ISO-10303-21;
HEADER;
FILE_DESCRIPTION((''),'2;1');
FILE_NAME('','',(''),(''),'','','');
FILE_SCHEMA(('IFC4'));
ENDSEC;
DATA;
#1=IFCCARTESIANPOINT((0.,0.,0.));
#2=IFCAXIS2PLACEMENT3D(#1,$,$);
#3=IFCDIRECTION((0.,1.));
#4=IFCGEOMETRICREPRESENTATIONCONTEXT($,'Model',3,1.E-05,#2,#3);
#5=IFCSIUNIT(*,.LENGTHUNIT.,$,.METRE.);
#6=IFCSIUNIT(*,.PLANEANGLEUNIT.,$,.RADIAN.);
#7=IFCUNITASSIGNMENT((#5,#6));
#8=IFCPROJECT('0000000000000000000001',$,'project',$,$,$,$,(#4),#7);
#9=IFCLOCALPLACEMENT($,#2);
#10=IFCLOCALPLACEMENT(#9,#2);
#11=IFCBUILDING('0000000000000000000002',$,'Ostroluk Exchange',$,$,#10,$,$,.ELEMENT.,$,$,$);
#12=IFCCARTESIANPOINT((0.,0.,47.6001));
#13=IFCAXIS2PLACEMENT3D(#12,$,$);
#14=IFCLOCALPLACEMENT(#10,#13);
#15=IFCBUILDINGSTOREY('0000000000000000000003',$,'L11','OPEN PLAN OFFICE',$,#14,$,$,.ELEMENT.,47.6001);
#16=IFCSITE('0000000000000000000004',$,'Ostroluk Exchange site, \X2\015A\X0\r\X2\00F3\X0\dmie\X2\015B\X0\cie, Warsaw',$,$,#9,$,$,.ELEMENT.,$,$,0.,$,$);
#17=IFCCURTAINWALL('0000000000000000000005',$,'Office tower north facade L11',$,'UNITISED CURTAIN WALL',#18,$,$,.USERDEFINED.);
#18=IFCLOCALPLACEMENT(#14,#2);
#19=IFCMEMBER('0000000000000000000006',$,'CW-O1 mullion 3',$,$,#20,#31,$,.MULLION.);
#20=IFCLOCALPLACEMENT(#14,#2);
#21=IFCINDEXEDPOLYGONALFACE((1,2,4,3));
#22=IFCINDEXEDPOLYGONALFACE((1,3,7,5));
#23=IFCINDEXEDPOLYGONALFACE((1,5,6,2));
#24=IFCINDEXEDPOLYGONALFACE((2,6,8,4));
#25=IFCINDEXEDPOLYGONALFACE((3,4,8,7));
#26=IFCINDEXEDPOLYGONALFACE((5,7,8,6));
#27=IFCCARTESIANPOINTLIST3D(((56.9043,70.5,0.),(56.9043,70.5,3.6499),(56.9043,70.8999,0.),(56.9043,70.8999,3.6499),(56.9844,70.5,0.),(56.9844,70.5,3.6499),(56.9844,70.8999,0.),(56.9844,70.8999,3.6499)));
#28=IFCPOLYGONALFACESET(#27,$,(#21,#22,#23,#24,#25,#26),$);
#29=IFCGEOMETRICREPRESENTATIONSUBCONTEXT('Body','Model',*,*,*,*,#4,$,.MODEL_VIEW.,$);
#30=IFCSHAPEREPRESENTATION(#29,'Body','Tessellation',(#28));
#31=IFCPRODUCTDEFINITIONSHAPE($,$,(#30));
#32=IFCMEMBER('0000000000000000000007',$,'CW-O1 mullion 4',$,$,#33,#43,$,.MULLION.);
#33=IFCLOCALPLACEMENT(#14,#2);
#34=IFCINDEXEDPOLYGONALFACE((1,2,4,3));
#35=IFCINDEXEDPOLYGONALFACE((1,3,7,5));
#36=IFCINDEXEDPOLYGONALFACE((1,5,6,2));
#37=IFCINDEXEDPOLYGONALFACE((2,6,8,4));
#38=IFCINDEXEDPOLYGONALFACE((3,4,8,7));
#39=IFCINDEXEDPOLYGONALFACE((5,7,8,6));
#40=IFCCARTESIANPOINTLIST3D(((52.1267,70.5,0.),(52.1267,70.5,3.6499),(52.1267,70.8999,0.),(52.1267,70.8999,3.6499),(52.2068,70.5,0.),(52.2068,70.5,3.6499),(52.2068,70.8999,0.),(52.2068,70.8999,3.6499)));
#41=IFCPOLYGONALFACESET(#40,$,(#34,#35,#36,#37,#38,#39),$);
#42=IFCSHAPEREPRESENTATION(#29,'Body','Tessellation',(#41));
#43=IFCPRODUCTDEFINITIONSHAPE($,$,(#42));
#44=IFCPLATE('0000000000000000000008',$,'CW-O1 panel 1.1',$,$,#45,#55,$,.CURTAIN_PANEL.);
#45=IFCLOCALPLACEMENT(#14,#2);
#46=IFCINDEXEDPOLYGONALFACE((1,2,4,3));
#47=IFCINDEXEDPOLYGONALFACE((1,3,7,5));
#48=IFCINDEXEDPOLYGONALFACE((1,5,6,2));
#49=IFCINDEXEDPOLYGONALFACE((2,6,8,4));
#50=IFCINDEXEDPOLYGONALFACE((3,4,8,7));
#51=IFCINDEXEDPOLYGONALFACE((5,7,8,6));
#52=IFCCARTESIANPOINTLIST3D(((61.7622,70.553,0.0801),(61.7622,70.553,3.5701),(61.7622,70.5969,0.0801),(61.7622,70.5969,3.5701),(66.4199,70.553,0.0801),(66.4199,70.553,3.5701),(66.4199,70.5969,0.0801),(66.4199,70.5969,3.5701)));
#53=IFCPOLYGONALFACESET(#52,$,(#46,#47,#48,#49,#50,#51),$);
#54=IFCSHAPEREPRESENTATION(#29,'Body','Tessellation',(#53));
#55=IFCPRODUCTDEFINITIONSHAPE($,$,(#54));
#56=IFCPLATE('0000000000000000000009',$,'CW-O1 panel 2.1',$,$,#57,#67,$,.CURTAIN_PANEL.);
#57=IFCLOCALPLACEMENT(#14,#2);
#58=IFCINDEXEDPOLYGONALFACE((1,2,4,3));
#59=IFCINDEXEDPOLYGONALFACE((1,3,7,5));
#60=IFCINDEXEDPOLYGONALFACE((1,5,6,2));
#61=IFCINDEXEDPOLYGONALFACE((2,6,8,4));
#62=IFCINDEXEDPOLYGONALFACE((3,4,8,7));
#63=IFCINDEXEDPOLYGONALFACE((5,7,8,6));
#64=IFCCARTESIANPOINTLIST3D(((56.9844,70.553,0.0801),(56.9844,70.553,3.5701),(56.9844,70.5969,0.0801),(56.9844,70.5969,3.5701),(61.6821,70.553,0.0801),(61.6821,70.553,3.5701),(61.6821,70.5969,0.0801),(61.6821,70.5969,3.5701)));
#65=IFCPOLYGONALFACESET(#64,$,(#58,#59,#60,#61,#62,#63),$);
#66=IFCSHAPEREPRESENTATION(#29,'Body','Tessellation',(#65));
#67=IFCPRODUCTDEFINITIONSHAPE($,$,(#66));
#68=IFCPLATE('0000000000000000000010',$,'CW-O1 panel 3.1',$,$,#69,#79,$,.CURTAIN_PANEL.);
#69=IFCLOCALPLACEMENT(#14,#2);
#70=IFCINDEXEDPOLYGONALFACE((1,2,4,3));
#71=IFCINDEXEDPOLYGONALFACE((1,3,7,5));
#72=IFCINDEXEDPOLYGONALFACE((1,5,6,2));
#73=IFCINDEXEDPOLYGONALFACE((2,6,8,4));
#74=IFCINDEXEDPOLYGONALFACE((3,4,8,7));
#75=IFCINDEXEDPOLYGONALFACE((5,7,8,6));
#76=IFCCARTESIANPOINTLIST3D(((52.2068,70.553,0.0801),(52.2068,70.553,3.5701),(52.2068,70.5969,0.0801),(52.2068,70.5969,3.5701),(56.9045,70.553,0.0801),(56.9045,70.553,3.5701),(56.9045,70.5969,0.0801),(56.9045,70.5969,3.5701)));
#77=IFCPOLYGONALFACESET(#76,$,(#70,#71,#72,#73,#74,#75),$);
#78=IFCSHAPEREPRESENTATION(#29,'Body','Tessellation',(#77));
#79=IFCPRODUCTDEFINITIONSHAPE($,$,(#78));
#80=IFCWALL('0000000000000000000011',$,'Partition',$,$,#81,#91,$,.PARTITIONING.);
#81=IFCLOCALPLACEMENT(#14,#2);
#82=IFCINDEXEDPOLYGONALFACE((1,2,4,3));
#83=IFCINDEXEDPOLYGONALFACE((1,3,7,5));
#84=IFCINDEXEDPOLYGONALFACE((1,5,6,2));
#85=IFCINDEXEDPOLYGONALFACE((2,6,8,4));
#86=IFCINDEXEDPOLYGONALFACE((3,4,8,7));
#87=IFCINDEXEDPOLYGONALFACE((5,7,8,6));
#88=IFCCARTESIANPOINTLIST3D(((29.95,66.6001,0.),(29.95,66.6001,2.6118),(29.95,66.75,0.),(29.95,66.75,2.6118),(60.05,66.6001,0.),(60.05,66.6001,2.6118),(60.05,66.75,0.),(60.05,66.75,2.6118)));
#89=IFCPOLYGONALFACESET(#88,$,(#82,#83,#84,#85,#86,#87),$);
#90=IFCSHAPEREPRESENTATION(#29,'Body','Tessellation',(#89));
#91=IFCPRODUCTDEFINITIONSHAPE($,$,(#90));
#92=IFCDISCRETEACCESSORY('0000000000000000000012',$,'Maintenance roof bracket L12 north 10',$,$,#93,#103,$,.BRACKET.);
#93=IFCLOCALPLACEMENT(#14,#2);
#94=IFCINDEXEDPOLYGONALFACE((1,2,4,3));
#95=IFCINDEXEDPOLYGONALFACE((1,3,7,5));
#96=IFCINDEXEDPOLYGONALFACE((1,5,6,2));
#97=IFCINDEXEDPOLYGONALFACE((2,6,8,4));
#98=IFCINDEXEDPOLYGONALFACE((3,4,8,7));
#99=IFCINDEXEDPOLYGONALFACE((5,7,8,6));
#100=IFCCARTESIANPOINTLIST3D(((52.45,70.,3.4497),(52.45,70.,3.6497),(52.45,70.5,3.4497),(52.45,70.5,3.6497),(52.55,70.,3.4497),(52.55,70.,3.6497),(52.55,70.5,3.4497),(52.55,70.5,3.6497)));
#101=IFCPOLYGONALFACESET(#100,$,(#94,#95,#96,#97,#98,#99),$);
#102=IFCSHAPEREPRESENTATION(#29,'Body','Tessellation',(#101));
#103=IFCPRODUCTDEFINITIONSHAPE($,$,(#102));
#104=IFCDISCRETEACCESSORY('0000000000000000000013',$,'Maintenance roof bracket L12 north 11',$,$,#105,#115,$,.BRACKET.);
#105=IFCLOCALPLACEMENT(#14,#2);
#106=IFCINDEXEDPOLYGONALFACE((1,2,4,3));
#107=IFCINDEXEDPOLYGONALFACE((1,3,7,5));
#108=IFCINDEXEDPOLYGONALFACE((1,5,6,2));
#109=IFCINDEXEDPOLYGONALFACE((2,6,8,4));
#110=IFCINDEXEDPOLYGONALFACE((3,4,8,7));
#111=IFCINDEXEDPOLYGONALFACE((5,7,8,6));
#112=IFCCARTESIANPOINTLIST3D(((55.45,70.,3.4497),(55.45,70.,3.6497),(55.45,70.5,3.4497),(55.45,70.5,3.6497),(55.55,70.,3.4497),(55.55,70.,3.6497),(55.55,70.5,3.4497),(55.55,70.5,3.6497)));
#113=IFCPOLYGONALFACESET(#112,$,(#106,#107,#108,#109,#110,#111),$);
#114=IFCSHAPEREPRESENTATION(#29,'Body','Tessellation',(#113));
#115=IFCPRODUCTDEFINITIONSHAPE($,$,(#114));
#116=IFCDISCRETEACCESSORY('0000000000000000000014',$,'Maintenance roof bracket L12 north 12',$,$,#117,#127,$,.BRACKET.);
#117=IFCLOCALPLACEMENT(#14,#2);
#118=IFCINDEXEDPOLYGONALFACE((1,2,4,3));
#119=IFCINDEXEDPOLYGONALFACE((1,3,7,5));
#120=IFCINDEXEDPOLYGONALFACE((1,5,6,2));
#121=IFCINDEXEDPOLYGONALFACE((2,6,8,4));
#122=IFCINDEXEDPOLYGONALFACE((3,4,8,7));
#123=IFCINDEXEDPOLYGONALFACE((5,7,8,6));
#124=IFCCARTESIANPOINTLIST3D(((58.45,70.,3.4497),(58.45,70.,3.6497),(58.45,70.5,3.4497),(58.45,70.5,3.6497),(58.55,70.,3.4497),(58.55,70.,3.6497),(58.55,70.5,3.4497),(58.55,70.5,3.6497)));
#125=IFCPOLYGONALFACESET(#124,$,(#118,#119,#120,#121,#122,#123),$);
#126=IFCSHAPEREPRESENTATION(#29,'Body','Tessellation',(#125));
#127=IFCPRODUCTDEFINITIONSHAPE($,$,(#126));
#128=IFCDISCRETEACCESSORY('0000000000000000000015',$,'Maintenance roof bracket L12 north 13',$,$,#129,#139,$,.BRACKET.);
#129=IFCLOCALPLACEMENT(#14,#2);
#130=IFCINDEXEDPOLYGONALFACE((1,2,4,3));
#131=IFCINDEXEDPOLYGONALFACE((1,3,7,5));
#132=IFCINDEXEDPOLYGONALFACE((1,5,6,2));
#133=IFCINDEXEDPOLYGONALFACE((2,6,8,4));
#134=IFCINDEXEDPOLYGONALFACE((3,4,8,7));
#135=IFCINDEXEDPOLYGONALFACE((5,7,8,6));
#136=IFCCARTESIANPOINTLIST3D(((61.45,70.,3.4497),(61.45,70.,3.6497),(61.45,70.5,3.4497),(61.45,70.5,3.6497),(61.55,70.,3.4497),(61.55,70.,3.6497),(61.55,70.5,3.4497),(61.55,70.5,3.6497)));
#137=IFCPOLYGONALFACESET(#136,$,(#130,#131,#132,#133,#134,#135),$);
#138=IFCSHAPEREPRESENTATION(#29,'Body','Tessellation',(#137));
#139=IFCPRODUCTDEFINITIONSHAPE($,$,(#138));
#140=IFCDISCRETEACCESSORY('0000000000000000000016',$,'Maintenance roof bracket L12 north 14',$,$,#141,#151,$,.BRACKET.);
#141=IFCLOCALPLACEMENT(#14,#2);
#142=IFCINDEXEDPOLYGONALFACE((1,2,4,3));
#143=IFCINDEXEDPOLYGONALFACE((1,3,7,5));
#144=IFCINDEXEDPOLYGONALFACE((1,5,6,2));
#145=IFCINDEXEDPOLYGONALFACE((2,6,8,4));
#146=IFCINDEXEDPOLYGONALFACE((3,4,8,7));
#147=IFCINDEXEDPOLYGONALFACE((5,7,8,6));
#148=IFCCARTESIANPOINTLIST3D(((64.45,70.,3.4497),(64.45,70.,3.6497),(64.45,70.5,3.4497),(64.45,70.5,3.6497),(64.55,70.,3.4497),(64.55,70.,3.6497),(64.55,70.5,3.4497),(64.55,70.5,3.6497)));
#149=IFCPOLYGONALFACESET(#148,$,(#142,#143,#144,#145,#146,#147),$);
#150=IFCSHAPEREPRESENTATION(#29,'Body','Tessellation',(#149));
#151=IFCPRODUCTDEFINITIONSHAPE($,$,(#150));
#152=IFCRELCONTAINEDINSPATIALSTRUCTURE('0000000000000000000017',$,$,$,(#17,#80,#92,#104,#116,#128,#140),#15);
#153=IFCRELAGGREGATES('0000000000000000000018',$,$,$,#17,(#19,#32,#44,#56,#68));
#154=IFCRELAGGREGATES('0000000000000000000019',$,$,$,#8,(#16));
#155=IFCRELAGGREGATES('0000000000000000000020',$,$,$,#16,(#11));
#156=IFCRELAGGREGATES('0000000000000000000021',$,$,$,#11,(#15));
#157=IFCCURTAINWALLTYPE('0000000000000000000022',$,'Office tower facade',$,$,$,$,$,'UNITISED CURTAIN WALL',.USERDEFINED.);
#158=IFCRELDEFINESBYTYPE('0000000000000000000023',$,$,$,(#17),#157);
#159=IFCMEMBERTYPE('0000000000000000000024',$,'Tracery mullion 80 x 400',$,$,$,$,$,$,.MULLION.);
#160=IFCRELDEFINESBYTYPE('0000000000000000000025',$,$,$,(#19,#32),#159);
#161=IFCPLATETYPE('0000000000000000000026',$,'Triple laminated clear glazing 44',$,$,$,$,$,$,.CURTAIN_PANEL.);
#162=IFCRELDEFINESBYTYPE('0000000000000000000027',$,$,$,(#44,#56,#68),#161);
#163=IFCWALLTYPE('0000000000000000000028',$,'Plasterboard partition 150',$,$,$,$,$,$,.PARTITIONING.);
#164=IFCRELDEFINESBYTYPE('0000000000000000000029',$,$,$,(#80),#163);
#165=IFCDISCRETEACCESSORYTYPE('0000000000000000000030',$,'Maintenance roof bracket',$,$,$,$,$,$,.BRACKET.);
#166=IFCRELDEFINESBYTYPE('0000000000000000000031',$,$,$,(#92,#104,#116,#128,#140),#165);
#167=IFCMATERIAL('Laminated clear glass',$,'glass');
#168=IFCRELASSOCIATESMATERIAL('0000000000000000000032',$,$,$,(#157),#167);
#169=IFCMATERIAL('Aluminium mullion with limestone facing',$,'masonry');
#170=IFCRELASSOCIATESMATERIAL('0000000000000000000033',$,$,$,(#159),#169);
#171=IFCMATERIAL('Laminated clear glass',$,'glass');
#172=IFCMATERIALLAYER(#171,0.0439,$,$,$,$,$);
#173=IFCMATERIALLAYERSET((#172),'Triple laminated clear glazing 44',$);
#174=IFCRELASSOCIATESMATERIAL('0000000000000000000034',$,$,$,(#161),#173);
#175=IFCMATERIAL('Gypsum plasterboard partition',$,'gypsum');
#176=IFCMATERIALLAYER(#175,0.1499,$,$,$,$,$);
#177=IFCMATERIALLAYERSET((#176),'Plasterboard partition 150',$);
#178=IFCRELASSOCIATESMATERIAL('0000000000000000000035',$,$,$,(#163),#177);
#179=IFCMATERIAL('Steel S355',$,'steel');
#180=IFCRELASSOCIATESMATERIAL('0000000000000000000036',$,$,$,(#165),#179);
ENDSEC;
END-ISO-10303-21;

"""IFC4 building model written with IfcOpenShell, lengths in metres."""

from ifc_helpers import new_model, si_unit, direction, frame, frame_2d, origin, origin_2d, place, context, subcontext, project, spatial, rectangle, extrude, material, layer, layer_set, material_profile, profile_set, type_object, element, aggregate, save


model = new_model("IFC4")

# Units and contexts
model_context = context("Model", 3, precision=1e-05, world=origin(), true_north=direction((0.0, 1.0)))
body_context = subcontext(model_context, "Body", "Model", "MODEL_VIEW")
ifc_project = project(units=[si_unit("LENGTHUNIT", "METRE"), si_unit("PLANEANGLEUNIT", "RADIAN")], contexts=[model_context])

# Site, building, storey
site_placement = place(None, origin())
site = spatial("IfcSite", under=ifc_project, at=site_placement, Name="Ostroluk Exchange site, Śródmieście, Warsaw", CompositionType="ELEMENT", RefElevation=0.0)
building_placement = place(site_placement, origin())
building = spatial("IfcBuilding", under=site, at=building_placement, Name="Ostroluk Exchange", CompositionType="ELEMENT")
storey_placement = place(building_placement, frame((0.0, 0.0, 47.6001)))
storey = spatial("IfcBuildingStorey", under=building, at=storey_placement, Name="L11", Description="OPEN PLAN OFFICE", CompositionType="ELEMENT", Elevation=47.6001)

# Curtain wall, members, plates
ifc_material_1 = material(Name="Laminated clear glass", Category="glass")
curtain_wall_type = type_object("IfcCurtainWallType", Name="Office tower facade", ElementType="UNITISED CURTAIN WALL", PredefinedType="USERDEFINED", material=ifc_material_1)
curtain_wall_placement = place(storey_placement, origin())
curtain_wall = element("IfcCurtainWall", 1, at=curtain_wall_placement, inside=storey, type_object=curtain_wall_type, Name="Office tower north facade L11", ObjectType="UNITISED CURTAIN WALL", PredefinedType="USERDEFINED")
ifc_material_2 = material(Name="Aluminium mullion with limestone facing", Category="masonry")
ifc_material_profile_1 = material_profile(ifc_material_2, rectangle(XDim=0.3999, YDim=0.0801, at=origin_2d()), Name="Tracery mullion 80 x 400")
ifc_profile_set_1 = profile_set([ifc_material_profile_1], Name="Aluminium mullion with limestone facing")
member_type_1 = type_object("IfcMemberType", Name="Tracery mullion 80 x 400", PredefinedType="MULLION", material=ifc_profile_set_1)
member_1_placement = place(storey_placement, frame((56.9443, 70.7, 0.0), z_axis=(0.0, 0.0, 1.0), x_axis=(0.0, -1.0, 0.0)))
member_1 = element("IfcMember", 2, at=member_1_placement, type_object=member_type_1, Name="CW-O1 mullion 3", PredefinedType="MULLION", context=body_context, shape_type="SweptSolid", body=[
    extrude(rectangle(XDim=0.3999, YDim=0.0801, at=origin_2d()), origin(), (0.0, 0.0, 1.0), 3.6499),
])
member_2_placement = place(storey_placement, frame((52.1667, 70.7, 0.0), z_axis=(0.0, 0.0, 1.0), x_axis=(0.0, -1.0, 0.0)))
member_2 = element("IfcMember", 3, at=member_2_placement, type_object=member_type_1, Name="CW-O1 mullion 4", PredefinedType="MULLION", context=body_context, shape_type="SweptSolid", body=[
    extrude(rectangle(XDim=0.3999, YDim=0.0801, at=origin_2d()), origin(), (0.0, 0.0, 1.0), 3.6499),
])
ifc_material_3 = material(Name="Laminated clear glass", Category="glass")
ifc_layer_1 = layer(ifc_material_3, 0.0439)
ifc_layer_set_1 = layer_set([ifc_layer_1], Name="Triple laminated clear glazing 44")
plate_type = type_object("IfcPlateType", Name="Triple laminated clear glazing 44", PredefinedType="CURTAIN_PANEL", material=ifc_layer_set_1)
plate_1_placement = place(storey_placement, frame((64.0911, 70.575, 0.0801), z_axis=(0.0, 0.0, 1.0), x_axis=(-1.0, 0.0, 0.0)))
plate_1 = element("IfcPlate", 4, at=plate_1_placement, type_object=plate_type, Name="CW-O1 panel 1.1", PredefinedType="CURTAIN_PANEL", context=body_context, shape_type="SweptSolid", body=[
    extrude(rectangle(XDim=4.6577, YDim=0.0439, at=origin_2d()), origin(), (0.0, 0.0, 1.0), 3.49),
])
plate_2_placement = place(storey_placement, frame((59.3333, 70.575, 0.0801), z_axis=(0.0, 0.0, 1.0), x_axis=(-1.0, 0.0, 0.0)))
plate_2 = element("IfcPlate", 5, at=plate_2_placement, type_object=plate_type, Name="CW-O1 panel 2.1", PredefinedType="CURTAIN_PANEL", context=body_context, shape_type="SweptSolid", body=[
    extrude(rectangle(XDim=4.6978, YDim=0.0439, at=origin_2d()), origin(), (0.0, 0.0, 1.0), 3.49),
])
plate_3_placement = place(storey_placement, frame((54.5557, 70.575, 0.0801), z_axis=(0.0, 0.0, 1.0), x_axis=(-1.0, 0.0, 0.0)))
plate_3 = element("IfcPlate", 6, at=plate_3_placement, type_object=plate_type, Name="CW-O1 panel 3.1", PredefinedType="CURTAIN_PANEL", context=body_context, shape_type="SweptSolid", body=[
    extrude(rectangle(XDim=4.6978, YDim=0.0439, at=origin_2d()), origin(), (0.0, 0.0, 1.0), 3.49),
])
aggregate(curtain_wall, [member_1, member_2, plate_1, plate_2, plate_3])

# Wall
ifc_material_4 = material(Name="Gypsum plasterboard partition", Category="gypsum")
ifc_layer_2 = layer(ifc_material_4, 0.1499)
ifc_layer_set_2 = layer_set([ifc_layer_2], Name="Plasterboard partition 150")
wall_type = type_object("IfcWallType", Name="Plasterboard partition 150", PredefinedType="PARTITIONING", material=ifc_layer_set_2)
wall_placement = place(storey_placement, frame((60.05, 66.675, 0.0), z_axis=(0.0, 0.0, 1.0), x_axis=(-1.0, 0.0, 0.0)))
element("IfcWall", 7, at=wall_placement, inside=storey, type_object=wall_type, Name="Partition", PredefinedType="PARTITIONING", context=body_context, shape_type="SweptSolid", body=[
    extrude(rectangle(XDim=30.1001, YDim=0.1499, at=frame_2d((15.05, 0.0))), origin(), (0.0, 0.0, 1.0), 2.6118),
])

# Discrete accessories
ifc_material_5 = material(Name="Steel S355", Category="steel")
discrete_accessory_type = type_object("IfcDiscreteAccessoryType", Name="Maintenance roof bracket", PredefinedType="BRACKET", material=ifc_material_5)
for number, where, z_axis, x_axis, name in (
    (8, (52.5, 70.25, 3.4497), (0.0, 0.0, 1.0), (1.0, 0.0, 0.0), "Maintenance roof bracket L12 north 10"),
    (9, (55.5, 70.25, 3.4497), (0.0, 0.0, 1.0), (1.0, 0.0, 0.0), "Maintenance roof bracket L12 north 11"),
    (10, (58.5, 70.25, 3.4497), (0.0, 0.0, 1.0), (1.0, 0.0, 0.0), "Maintenance roof bracket L12 north 12"),
    (11, (61.5, 70.25, 3.4497), (0.0, 0.0, 1.0), (1.0, 0.0, 0.0), "Maintenance roof bracket L12 north 13"),
    (12, (64.5, 70.25, 3.4497), (0.0, 0.0, 1.0), (1.0, 0.0, 0.0), "Maintenance roof bracket L12 north 14"),
):
    element("IfcDiscreteAccessory", number, at=place(storey_placement, frame(where, z_axis=z_axis, x_axis=x_axis)), inside=storey, type_object=discrete_accessory_type, Name=name, PredefinedType="BRACKET", context=body_context, shape_type="SweptSolid", body=[
        extrude(rectangle(XDim=0.1001, YDim=0.5, at=origin_2d()), origin(), (0.0, 0.0, 1.0), 0.2),
    ])

save(model, "model.ifc")
